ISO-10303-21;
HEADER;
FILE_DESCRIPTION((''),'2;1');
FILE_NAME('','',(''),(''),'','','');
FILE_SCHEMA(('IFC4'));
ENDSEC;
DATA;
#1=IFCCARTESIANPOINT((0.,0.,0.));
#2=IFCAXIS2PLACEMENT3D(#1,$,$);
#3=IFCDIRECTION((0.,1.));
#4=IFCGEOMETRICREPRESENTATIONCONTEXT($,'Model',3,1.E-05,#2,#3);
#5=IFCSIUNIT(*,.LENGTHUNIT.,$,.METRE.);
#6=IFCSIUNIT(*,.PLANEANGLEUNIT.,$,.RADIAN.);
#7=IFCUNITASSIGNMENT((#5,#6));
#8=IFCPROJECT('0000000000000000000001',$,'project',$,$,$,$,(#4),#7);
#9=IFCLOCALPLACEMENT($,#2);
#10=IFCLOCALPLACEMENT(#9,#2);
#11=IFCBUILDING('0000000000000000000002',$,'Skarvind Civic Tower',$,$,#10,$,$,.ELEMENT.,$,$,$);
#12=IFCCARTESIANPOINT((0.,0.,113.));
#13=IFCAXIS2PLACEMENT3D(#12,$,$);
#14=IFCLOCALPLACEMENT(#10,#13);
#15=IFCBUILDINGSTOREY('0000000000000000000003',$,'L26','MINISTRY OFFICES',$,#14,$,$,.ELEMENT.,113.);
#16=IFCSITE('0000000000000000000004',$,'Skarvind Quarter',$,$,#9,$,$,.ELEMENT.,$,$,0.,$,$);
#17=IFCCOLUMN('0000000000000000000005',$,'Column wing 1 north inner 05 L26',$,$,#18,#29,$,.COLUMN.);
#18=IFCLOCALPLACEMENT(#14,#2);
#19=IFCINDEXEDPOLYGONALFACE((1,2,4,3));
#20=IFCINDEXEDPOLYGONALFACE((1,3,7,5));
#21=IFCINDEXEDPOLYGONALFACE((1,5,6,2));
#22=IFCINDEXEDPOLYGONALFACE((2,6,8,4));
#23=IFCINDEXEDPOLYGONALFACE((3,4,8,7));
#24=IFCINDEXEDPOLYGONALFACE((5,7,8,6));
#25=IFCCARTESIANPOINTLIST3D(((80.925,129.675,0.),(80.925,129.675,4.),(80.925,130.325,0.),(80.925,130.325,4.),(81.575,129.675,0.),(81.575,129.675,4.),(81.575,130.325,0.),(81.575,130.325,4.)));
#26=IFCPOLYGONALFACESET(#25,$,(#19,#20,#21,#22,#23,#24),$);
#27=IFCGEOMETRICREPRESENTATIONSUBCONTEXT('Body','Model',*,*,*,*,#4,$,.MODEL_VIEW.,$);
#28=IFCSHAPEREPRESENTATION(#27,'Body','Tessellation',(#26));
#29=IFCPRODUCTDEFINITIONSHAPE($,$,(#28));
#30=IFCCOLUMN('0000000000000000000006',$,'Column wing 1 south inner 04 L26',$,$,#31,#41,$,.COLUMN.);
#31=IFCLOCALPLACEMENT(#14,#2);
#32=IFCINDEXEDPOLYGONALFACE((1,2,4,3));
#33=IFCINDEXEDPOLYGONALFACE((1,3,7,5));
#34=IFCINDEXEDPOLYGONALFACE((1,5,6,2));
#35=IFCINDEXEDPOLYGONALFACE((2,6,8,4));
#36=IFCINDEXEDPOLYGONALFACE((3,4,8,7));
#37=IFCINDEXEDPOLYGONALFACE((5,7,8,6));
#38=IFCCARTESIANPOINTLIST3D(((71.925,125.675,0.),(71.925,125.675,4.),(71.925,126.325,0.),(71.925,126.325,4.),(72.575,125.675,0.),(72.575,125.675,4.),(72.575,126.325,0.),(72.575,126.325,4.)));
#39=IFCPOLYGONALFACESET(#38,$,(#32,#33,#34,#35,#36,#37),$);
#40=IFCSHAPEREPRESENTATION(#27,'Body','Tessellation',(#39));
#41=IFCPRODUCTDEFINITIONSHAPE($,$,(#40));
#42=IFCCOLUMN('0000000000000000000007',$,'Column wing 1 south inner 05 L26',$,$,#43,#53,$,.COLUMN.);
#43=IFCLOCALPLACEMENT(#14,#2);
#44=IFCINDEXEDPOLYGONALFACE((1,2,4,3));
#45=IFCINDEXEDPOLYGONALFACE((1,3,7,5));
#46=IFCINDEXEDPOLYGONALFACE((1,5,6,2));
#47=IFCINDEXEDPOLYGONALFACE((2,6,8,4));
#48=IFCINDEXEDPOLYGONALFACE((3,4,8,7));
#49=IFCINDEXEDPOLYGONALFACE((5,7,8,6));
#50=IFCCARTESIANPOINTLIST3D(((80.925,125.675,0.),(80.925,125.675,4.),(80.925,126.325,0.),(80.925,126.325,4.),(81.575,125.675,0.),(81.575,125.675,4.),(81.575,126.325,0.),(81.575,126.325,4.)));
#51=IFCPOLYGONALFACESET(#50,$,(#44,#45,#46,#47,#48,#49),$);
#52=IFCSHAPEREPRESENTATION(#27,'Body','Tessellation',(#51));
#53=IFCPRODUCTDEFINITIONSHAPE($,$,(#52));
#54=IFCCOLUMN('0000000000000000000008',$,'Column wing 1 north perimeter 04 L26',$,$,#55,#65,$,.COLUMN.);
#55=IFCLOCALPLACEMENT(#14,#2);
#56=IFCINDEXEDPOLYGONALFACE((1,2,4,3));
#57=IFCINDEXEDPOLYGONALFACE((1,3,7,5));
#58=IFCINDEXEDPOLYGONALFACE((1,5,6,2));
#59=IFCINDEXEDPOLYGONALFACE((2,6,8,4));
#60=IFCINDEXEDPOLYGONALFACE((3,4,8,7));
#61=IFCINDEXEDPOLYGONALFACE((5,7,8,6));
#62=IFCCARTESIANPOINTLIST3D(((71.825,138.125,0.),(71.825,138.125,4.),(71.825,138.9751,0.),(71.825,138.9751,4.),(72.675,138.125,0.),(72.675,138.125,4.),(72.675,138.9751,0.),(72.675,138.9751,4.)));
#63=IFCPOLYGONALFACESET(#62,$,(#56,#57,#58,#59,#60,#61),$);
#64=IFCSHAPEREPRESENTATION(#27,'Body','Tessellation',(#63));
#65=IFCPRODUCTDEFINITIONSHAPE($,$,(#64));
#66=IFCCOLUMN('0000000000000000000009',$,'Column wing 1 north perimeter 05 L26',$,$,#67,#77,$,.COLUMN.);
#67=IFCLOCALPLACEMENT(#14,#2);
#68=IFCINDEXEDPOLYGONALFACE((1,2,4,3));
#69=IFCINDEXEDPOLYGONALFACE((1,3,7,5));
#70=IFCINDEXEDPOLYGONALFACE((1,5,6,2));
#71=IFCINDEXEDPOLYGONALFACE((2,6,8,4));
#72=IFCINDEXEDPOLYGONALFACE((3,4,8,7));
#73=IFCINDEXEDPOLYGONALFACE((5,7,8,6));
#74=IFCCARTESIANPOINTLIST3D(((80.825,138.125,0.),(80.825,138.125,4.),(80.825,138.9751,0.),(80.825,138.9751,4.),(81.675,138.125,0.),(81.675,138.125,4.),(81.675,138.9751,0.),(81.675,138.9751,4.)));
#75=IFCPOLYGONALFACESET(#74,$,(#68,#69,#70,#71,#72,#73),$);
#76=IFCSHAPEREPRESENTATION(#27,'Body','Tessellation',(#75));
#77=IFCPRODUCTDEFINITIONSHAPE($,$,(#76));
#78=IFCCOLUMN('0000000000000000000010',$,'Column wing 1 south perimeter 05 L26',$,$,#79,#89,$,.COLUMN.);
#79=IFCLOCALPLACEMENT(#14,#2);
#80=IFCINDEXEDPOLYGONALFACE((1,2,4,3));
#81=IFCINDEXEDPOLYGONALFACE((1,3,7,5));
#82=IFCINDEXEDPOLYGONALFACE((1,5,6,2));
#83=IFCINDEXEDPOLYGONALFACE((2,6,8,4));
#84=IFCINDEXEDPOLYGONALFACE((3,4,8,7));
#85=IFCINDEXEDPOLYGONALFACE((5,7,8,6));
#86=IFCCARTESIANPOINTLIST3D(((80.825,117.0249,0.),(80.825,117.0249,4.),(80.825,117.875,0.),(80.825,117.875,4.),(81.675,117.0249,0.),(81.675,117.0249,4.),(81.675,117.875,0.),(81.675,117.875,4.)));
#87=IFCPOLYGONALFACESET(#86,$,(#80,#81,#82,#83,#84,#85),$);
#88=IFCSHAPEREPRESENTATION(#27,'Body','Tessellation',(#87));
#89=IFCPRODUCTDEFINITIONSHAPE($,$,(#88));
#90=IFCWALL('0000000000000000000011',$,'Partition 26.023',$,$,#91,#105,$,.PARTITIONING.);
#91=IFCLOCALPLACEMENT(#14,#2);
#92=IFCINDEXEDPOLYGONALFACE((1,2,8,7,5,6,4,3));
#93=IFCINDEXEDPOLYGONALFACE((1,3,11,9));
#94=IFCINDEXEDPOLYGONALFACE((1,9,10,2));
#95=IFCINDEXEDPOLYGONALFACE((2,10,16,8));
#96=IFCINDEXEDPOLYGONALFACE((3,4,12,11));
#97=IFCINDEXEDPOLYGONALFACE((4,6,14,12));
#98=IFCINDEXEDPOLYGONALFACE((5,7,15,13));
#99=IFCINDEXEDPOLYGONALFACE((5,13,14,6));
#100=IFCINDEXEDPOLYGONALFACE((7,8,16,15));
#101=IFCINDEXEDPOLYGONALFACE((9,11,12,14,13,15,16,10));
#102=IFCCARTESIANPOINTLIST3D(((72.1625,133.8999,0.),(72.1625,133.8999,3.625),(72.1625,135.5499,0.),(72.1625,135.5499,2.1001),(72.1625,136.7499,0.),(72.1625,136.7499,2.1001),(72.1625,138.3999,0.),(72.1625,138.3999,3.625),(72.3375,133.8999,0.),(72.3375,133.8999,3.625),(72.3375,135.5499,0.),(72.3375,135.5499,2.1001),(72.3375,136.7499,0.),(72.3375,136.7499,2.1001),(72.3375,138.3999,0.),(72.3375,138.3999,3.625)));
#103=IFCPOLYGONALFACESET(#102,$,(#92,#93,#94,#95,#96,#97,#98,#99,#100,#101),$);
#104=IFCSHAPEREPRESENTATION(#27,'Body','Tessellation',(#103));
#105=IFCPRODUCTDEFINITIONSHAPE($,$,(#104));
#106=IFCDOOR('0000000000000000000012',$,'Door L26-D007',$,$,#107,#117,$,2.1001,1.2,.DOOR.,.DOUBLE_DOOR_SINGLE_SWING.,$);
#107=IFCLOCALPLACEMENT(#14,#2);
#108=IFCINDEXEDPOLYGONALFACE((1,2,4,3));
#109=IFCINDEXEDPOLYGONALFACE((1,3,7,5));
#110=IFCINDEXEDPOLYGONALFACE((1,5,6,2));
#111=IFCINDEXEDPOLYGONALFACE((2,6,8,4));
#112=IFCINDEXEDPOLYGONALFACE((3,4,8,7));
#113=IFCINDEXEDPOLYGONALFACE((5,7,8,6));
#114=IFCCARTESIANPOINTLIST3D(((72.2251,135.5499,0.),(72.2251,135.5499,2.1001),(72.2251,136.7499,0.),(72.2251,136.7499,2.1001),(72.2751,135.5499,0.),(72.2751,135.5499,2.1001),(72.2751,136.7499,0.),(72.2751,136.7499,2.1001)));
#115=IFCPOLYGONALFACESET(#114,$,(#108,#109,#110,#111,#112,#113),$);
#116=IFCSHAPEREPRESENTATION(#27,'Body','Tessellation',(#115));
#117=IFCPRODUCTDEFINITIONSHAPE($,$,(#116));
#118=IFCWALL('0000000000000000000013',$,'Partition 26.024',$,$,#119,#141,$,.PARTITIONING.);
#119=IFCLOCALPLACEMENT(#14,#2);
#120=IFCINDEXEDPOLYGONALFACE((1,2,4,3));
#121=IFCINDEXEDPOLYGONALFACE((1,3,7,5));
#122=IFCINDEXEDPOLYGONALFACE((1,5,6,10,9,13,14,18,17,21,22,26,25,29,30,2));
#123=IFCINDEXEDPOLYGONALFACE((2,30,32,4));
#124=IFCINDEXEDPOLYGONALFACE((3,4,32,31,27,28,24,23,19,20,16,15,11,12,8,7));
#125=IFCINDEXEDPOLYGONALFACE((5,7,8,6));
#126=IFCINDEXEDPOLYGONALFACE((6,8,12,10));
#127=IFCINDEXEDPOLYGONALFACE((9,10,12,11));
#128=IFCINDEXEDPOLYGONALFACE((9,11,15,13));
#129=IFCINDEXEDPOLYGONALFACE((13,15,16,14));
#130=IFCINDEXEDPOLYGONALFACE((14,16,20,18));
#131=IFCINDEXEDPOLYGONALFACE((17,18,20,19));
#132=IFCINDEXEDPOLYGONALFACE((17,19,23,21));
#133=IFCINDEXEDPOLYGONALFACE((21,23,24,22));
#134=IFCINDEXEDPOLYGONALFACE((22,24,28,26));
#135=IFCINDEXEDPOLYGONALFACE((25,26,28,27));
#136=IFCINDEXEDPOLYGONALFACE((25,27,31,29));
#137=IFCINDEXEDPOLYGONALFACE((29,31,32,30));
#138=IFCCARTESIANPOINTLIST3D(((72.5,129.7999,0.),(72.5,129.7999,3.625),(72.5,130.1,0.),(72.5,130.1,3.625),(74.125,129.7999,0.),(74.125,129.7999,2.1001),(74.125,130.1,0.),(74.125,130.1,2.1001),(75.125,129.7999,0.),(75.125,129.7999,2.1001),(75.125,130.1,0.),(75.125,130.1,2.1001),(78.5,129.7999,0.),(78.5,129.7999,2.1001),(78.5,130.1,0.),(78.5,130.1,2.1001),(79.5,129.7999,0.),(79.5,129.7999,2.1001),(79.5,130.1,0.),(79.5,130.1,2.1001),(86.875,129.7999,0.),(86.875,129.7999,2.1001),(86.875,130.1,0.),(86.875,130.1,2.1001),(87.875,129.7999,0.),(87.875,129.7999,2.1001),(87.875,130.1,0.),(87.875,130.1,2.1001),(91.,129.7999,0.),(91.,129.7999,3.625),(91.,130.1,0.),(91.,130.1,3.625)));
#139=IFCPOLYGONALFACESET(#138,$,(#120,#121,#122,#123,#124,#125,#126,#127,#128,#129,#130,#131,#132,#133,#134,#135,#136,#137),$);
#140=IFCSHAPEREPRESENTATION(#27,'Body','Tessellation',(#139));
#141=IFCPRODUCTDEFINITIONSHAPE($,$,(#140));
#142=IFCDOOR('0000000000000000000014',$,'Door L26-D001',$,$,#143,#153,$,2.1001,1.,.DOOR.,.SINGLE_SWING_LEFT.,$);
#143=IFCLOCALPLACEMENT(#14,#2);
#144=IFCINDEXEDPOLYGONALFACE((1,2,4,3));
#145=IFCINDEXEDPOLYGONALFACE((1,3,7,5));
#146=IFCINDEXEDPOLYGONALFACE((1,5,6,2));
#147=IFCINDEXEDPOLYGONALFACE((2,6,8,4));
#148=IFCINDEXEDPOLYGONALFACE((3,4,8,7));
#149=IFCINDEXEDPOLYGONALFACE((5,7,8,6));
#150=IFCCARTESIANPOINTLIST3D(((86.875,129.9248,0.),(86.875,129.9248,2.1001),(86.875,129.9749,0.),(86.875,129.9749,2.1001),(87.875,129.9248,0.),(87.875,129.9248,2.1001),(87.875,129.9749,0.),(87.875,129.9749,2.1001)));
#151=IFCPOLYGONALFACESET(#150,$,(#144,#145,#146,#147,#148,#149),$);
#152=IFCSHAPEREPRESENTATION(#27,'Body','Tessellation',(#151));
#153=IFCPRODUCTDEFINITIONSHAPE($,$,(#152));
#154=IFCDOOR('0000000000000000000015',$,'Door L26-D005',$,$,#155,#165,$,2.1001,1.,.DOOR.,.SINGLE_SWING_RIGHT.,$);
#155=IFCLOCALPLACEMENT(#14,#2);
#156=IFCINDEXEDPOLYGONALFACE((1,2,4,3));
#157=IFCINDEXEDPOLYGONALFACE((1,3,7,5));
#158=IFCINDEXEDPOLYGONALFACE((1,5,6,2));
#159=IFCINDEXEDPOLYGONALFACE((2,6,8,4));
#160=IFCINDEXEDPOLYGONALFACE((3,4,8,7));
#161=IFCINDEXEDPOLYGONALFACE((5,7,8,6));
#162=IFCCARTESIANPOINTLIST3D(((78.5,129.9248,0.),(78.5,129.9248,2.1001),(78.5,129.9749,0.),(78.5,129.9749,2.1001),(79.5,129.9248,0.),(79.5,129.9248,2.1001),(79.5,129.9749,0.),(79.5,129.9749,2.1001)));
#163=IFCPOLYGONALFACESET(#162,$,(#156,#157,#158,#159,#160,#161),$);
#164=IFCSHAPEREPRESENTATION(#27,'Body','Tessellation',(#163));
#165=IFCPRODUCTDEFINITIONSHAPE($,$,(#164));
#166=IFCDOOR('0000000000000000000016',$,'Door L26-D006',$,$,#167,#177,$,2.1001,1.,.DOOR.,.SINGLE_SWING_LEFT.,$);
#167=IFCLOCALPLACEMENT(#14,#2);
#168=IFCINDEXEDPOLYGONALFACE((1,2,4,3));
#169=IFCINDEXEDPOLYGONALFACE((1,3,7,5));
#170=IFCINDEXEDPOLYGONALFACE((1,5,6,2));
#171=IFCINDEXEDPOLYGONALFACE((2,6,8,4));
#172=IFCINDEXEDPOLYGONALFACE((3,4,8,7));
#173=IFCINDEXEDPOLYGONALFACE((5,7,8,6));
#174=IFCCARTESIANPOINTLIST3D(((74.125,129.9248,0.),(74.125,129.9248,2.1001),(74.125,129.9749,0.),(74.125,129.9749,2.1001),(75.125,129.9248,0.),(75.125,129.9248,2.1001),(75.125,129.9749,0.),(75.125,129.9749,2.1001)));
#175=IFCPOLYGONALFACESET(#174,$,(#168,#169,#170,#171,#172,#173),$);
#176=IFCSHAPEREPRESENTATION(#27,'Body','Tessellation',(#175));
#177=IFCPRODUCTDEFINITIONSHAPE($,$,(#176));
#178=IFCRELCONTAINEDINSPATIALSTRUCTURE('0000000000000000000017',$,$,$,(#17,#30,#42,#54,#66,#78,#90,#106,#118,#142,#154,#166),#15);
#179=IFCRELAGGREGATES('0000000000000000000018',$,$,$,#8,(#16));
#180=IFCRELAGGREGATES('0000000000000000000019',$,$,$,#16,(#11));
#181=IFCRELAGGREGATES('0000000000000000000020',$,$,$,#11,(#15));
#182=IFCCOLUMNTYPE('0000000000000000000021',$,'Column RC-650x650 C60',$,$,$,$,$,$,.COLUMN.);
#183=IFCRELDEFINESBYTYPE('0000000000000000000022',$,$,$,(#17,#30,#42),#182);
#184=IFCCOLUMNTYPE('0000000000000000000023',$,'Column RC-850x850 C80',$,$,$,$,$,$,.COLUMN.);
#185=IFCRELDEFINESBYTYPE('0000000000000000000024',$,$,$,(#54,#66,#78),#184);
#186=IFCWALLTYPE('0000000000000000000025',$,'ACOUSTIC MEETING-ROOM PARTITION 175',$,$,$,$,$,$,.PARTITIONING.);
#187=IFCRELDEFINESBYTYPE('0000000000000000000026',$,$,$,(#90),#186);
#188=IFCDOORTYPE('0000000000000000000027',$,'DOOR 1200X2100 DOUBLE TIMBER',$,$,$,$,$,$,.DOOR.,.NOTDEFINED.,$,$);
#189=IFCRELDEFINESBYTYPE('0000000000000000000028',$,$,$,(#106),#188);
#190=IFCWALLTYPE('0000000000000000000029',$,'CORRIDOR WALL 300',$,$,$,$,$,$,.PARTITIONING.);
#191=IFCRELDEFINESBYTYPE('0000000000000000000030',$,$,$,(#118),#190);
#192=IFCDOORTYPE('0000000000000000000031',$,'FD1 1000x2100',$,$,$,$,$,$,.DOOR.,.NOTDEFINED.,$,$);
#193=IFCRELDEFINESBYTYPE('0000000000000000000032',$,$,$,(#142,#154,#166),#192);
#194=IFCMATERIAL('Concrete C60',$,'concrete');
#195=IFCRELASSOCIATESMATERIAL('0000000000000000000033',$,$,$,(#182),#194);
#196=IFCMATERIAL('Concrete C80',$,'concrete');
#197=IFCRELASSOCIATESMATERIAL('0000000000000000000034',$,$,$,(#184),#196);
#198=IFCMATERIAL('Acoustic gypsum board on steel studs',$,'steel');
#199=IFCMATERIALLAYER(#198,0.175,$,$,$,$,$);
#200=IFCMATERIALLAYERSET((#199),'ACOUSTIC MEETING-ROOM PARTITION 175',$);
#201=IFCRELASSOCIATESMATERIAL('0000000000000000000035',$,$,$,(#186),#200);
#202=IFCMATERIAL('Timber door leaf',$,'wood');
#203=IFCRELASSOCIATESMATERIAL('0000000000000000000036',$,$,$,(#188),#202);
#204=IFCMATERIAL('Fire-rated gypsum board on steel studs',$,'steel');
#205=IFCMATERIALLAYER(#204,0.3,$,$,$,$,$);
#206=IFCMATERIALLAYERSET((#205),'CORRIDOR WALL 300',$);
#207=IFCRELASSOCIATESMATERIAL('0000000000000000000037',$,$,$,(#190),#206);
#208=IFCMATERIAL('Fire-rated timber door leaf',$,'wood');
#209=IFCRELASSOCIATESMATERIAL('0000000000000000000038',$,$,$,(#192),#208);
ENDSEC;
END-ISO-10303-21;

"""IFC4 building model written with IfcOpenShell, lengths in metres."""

from ifc_helpers import new_model, si_unit, direction, frame, frame_2d, origin, origin_2d, place, context, subcontext, project, spatial, rectangle, extrude, material, layer, layer_set, material_profile, profile_set, type_object, element, fill, save


model = new_model("IFC4")

# Units and contexts
model_context = context("Model", 3, precision=1e-05, world=origin(), true_north=direction((0.0, 1.0)))
body_context = subcontext(model_context, "Body", "Model", "MODEL_VIEW")
ifc_project = project(units=[si_unit("LENGTHUNIT", "METRE"), si_unit("PLANEANGLEUNIT", "RADIAN")], contexts=[model_context])

# Site, building, storey
site_placement = place(None, origin())
site = spatial("IfcSite", under=ifc_project, at=site_placement, Name="Skarvind Quarter", CompositionType="ELEMENT", RefElevation=0.0)
building_placement = place(site_placement, origin())
building = spatial("IfcBuilding", under=site, at=building_placement, Name="Skarvind Civic Tower", CompositionType="ELEMENT")
storey_placement = place(building_placement, frame((0.0, 0.0, 113.0)))
storey = spatial("IfcBuildingStorey", under=building, at=storey_placement, Name="L26", Description="MINISTRY OFFICES", CompositionType="ELEMENT", Elevation=113.0)

# Columns
ifc_material_1 = material(Name="Concrete C60", Category="concrete")
ifc_material_profile_1 = material_profile(ifc_material_1, rectangle(XDim=0.6499, YDim=0.6499, at=origin_2d()), Name="RC-650x650")
ifc_profile_set_1 = profile_set([ifc_material_profile_1], Name="Concrete C60")
column_type_1 = type_object("IfcColumnType", Name="Column RC-650x650 C60", PredefinedType="COLUMN", material=ifc_profile_set_1)
for number, where, z_axis, x_axis, name in (
    (1, (81.25, 130.0, 0.0), (0.0, 0.0, 1.0), (1.0, 0.0, 0.0), "Column wing 1 north inner 05 L26"),
    (2, (72.25, 126.0, 0.0), (0.0, 0.0, 1.0), (1.0, 0.0, 0.0), "Column wing 1 south inner 04 L26"),
    (3, (81.25, 126.0, 0.0), (0.0, 0.0, 1.0), (1.0, 0.0, 0.0), "Column wing 1 south inner 05 L26"),
):
    element("IfcColumn", number, at=place(storey_placement, frame(where, z_axis=z_axis, x_axis=x_axis)), inside=storey, type_object=column_type_1, Name=name, PredefinedType="COLUMN", context=body_context, shape_type="SweptSolid", body=[
        extrude(rectangle(XDim=0.6499, YDim=0.6499, at=origin_2d()), origin(), (0.0, 0.0, 1.0), 4.0),
    ])
ifc_material_2 = material(Name="Concrete C80", Category="concrete")
ifc_material_profile_2 = material_profile(ifc_material_2, rectangle(XDim=0.8501, YDim=0.8501, at=origin_2d()), Name="RC-850x850")
ifc_profile_set_2 = profile_set([ifc_material_profile_2], Name="Concrete C80")
column_type_2 = type_object("IfcColumnType", Name="Column RC-850x850 C80", PredefinedType="COLUMN", material=ifc_profile_set_2)
for number, where, z_axis, x_axis, name in (
    (4, (72.25, 138.55, 0.0), (0.0, 0.0, 1.0), (1.0, 0.0, 0.0), "Column wing 1 north perimeter 04 L26"),
    (5, (81.25, 138.55, 0.0), (0.0, 0.0, 1.0), (1.0, 0.0, 0.0), "Column wing 1 north perimeter 05 L26"),
    (6, (81.25, 117.45, 0.0), (0.0, 0.0, 1.0), (1.0, 0.0, 0.0), "Column wing 1 south perimeter 05 L26"),
):
    element("IfcColumn", number, at=place(storey_placement, frame(where, z_axis=z_axis, x_axis=x_axis)), inside=storey, type_object=column_type_2, Name=name, PredefinedType="COLUMN", context=body_context, shape_type="SweptSolid", body=[
        extrude(rectangle(XDim=0.8501, YDim=0.8501, at=origin_2d()), origin(), (0.0, 0.0, 1.0), 4.0),
    ])

# Wall, opening, door
ifc_material_3 = material(Name="Acoustic gypsum board on steel studs", Category="steel")
ifc_layer_1 = layer(ifc_material_3, 0.175)
ifc_layer_set_1 = layer_set([ifc_layer_1], Name="ACOUSTIC MEETING-ROOM PARTITION 175")
wall_type_1 = type_object("IfcWallType", Name="ACOUSTIC MEETING-ROOM PARTITION 175", PredefinedType="PARTITIONING", material=ifc_layer_set_1)
wall_1_placement = place(storey_placement, frame((72.25, 133.8999, 0.0), z_axis=(0.0, 0.0, 1.0), x_axis=(0.0, 1.0, 0.0)))
wall_1 = element("IfcWall", 7, at=wall_1_placement, inside=storey, type_object=wall_type_1, Name="Partition 26.023", PredefinedType="PARTITIONING", context=body_context, shape_type="SweptSolid", body=[
    extrude(rectangle(XDim=4.5, YDim=0.175, at=frame_2d((2.25, 0.0))), origin(), (0.0, 0.0, 1.0), 3.625),
])
opening_1_placement = place(wall_1_placement, frame((1.6499, 0.0, 0.0)))
opening_1 = element("IfcOpeningElement", 8, at=opening_1_placement, cuts=wall_1, PredefinedType="OPENING", context=body_context, shape_type="SweptSolid", body=[
    extrude(rectangle(XDim=1.2, YDim=2.1001, at=frame_2d((0.6001, 1.05))), frame((0.0, 0.0974, 0.0), z_axis=(0.0, -1.0, 0.0), x_axis=(1.0, 0.0, 0.0)), (0.0, 0.0, 1.0), 0.1951),
])
ifc_material_4 = material(Name="Timber door leaf", Category="wood")
door_type_1 = type_object("IfcDoorType", Name="DOOR 1200X2100 DOUBLE TIMBER", OperationType="NOTDEFINED", PredefinedType="DOOR", material=ifc_material_4)
door_1_placement = place(opening_1_placement, origin())
door_1 = element("IfcDoor", 9, at=door_1_placement, inside=storey, type_object=door_type_1, Name="Door L26-D007", OperationType="DOUBLE_DOOR_SINGLE_SWING", OverallHeight=2.1001, OverallWidth=1.2, PredefinedType="DOOR", context=body_context, shape_type="SweptSolid", body=[
    extrude(rectangle(XDim=1.2, YDim=2.1001, at=frame_2d((0.6001, 1.05))), frame((0.0, 0.0249, 0.0), z_axis=(0.0, -1.0, 0.0), x_axis=(1.0, 0.0, 0.0)), (0.0, 0.0, 1.0), 0.05),
])
fill(opening_1, door_1)

# Wall, openings, doors
ifc_material_5 = material(Name="Fire-rated gypsum board on steel studs", Category="steel")
ifc_layer_2 = layer(ifc_material_5, 0.3)
ifc_layer_set_2 = layer_set([ifc_layer_2], Name="CORRIDOR WALL 300")
wall_type_2 = type_object("IfcWallType", Name="CORRIDOR WALL 300", PredefinedType="PARTITIONING", material=ifc_layer_set_2)
wall_2_placement = place(storey_placement, frame((72.5, 129.95, 0.0), z_axis=(0.0, 0.0, 1.0), x_axis=(1.0, 0.0, 0.0)))
wall_2 = element("IfcWall", 10, at=wall_2_placement, inside=storey, type_object=wall_type_2, Name="Partition 26.024", PredefinedType="PARTITIONING", context=body_context, shape_type="SweptSolid", body=[
    extrude(rectangle(XDim=18.5, YDim=0.3, at=frame_2d((9.25, 0.0))), origin(), (0.0, 0.0, 1.0), 3.625),
])
opening_2_placement = place(wall_2_placement, frame((14.375, 0.0, 0.0)))
opening_2 = element("IfcOpeningElement", 11, at=opening_2_placement, cuts=wall_2, PredefinedType="OPENING", context=body_context, shape_type="SweptSolid", body=[
    extrude(rectangle(XDim=1.0, YDim=2.1001, at=frame_2d((0.5, 1.05))), frame((0.0, 0.1599, 0.0), z_axis=(0.0, -1.0, 0.0), x_axis=(1.0, 0.0, 0.0)), (0.0, 0.0, 1.0), 0.3201),
])
opening_3_placement = place(wall_2_placement, frame((6.0, 0.0, 0.0)))
opening_3 = element("IfcOpeningElement", 12, at=opening_3_placement, cuts=wall_2, PredefinedType="OPENING", context=body_context, shape_type="SweptSolid", body=[
    extrude(rectangle(XDim=1.0, YDim=2.1001, at=frame_2d((0.5, 1.05))), frame((0.0, 0.1599, 0.0), z_axis=(0.0, -1.0, 0.0), x_axis=(1.0, 0.0, 0.0)), (0.0, 0.0, 1.0), 0.3201),
])
opening_4_placement = place(wall_2_placement, frame((1.625, 0.0, 0.0)))
opening_4 = element("IfcOpeningElement", 13, at=opening_4_placement, cuts=wall_2, PredefinedType="OPENING", context=body_context, shape_type="SweptSolid", body=[
    extrude(rectangle(XDim=1.0, YDim=2.1001, at=frame_2d((0.5, 1.05))), frame((0.0, 0.1599, 0.0), z_axis=(0.0, -1.0, 0.0), x_axis=(1.0, 0.0, 0.0)), (0.0, 0.0, 1.0), 0.3201),
])
ifc_material_6 = material(Name="Fire-rated timber door leaf", Category="wood")
door_type_2 = type_object("IfcDoorType", Name="FD1 1000x2100", OperationType="NOTDEFINED", PredefinedType="DOOR", material=ifc_material_6)
door_2_placement = place(opening_2_placement, origin())
door_2 = element("IfcDoor", 14, at=door_2_placement, inside=storey, type_object=door_type_2, Name="Door L26-D001", OperationType="SINGLE_SWING_LEFT", OverallHeight=2.1001, OverallWidth=1.0, PredefinedType="DOOR", context=body_context, shape_type="SweptSolid", body=[
    extrude(rectangle(XDim=1.0, YDim=2.1001, at=frame_2d((0.5, 1.05))), frame((0.0, 0.0249, 0.0), z_axis=(0.0, -1.0, 0.0), x_axis=(1.0, 0.0, 0.0)), (0.0, 0.0, 1.0), 0.05),
])
fill(opening_2, door_2)
door_3_placement = place(opening_3_placement, origin())
door_3 = element("IfcDoor", 15, at=door_3_placement, inside=storey, type_object=door_type_2, Name="Door L26-D005", OperationType="SINGLE_SWING_RIGHT", OverallHeight=2.1001, OverallWidth=1.0, PredefinedType="DOOR", context=body_context, shape_type="SweptSolid", body=[
    extrude(rectangle(XDim=1.0, YDim=2.1001, at=frame_2d((0.5, 1.05))), frame((0.0, 0.0249, 0.0), z_axis=(0.0, -1.0, 0.0), x_axis=(1.0, 0.0, 0.0)), (0.0, 0.0, 1.0), 0.05),
])
fill(opening_3, door_3)
door_4_placement = place(opening_4_placement, origin())
door_4 = element("IfcDoor", 16, at=door_4_placement, inside=storey, type_object=door_type_2, Name="Door L26-D006", OperationType="SINGLE_SWING_LEFT", OverallHeight=2.1001, OverallWidth=1.0, PredefinedType="DOOR", context=body_context, shape_type="SweptSolid", body=[
    extrude(rectangle(XDim=1.0, YDim=2.1001, at=frame_2d((0.5, 1.05))), frame((0.0, 0.0249, 0.0), z_axis=(0.0, -1.0, 0.0), x_axis=(1.0, 0.0, 0.0)), (0.0, 0.0, 1.0), 0.05),
])
fill(opening_4, door_4)

save(model, "model.ifc")
